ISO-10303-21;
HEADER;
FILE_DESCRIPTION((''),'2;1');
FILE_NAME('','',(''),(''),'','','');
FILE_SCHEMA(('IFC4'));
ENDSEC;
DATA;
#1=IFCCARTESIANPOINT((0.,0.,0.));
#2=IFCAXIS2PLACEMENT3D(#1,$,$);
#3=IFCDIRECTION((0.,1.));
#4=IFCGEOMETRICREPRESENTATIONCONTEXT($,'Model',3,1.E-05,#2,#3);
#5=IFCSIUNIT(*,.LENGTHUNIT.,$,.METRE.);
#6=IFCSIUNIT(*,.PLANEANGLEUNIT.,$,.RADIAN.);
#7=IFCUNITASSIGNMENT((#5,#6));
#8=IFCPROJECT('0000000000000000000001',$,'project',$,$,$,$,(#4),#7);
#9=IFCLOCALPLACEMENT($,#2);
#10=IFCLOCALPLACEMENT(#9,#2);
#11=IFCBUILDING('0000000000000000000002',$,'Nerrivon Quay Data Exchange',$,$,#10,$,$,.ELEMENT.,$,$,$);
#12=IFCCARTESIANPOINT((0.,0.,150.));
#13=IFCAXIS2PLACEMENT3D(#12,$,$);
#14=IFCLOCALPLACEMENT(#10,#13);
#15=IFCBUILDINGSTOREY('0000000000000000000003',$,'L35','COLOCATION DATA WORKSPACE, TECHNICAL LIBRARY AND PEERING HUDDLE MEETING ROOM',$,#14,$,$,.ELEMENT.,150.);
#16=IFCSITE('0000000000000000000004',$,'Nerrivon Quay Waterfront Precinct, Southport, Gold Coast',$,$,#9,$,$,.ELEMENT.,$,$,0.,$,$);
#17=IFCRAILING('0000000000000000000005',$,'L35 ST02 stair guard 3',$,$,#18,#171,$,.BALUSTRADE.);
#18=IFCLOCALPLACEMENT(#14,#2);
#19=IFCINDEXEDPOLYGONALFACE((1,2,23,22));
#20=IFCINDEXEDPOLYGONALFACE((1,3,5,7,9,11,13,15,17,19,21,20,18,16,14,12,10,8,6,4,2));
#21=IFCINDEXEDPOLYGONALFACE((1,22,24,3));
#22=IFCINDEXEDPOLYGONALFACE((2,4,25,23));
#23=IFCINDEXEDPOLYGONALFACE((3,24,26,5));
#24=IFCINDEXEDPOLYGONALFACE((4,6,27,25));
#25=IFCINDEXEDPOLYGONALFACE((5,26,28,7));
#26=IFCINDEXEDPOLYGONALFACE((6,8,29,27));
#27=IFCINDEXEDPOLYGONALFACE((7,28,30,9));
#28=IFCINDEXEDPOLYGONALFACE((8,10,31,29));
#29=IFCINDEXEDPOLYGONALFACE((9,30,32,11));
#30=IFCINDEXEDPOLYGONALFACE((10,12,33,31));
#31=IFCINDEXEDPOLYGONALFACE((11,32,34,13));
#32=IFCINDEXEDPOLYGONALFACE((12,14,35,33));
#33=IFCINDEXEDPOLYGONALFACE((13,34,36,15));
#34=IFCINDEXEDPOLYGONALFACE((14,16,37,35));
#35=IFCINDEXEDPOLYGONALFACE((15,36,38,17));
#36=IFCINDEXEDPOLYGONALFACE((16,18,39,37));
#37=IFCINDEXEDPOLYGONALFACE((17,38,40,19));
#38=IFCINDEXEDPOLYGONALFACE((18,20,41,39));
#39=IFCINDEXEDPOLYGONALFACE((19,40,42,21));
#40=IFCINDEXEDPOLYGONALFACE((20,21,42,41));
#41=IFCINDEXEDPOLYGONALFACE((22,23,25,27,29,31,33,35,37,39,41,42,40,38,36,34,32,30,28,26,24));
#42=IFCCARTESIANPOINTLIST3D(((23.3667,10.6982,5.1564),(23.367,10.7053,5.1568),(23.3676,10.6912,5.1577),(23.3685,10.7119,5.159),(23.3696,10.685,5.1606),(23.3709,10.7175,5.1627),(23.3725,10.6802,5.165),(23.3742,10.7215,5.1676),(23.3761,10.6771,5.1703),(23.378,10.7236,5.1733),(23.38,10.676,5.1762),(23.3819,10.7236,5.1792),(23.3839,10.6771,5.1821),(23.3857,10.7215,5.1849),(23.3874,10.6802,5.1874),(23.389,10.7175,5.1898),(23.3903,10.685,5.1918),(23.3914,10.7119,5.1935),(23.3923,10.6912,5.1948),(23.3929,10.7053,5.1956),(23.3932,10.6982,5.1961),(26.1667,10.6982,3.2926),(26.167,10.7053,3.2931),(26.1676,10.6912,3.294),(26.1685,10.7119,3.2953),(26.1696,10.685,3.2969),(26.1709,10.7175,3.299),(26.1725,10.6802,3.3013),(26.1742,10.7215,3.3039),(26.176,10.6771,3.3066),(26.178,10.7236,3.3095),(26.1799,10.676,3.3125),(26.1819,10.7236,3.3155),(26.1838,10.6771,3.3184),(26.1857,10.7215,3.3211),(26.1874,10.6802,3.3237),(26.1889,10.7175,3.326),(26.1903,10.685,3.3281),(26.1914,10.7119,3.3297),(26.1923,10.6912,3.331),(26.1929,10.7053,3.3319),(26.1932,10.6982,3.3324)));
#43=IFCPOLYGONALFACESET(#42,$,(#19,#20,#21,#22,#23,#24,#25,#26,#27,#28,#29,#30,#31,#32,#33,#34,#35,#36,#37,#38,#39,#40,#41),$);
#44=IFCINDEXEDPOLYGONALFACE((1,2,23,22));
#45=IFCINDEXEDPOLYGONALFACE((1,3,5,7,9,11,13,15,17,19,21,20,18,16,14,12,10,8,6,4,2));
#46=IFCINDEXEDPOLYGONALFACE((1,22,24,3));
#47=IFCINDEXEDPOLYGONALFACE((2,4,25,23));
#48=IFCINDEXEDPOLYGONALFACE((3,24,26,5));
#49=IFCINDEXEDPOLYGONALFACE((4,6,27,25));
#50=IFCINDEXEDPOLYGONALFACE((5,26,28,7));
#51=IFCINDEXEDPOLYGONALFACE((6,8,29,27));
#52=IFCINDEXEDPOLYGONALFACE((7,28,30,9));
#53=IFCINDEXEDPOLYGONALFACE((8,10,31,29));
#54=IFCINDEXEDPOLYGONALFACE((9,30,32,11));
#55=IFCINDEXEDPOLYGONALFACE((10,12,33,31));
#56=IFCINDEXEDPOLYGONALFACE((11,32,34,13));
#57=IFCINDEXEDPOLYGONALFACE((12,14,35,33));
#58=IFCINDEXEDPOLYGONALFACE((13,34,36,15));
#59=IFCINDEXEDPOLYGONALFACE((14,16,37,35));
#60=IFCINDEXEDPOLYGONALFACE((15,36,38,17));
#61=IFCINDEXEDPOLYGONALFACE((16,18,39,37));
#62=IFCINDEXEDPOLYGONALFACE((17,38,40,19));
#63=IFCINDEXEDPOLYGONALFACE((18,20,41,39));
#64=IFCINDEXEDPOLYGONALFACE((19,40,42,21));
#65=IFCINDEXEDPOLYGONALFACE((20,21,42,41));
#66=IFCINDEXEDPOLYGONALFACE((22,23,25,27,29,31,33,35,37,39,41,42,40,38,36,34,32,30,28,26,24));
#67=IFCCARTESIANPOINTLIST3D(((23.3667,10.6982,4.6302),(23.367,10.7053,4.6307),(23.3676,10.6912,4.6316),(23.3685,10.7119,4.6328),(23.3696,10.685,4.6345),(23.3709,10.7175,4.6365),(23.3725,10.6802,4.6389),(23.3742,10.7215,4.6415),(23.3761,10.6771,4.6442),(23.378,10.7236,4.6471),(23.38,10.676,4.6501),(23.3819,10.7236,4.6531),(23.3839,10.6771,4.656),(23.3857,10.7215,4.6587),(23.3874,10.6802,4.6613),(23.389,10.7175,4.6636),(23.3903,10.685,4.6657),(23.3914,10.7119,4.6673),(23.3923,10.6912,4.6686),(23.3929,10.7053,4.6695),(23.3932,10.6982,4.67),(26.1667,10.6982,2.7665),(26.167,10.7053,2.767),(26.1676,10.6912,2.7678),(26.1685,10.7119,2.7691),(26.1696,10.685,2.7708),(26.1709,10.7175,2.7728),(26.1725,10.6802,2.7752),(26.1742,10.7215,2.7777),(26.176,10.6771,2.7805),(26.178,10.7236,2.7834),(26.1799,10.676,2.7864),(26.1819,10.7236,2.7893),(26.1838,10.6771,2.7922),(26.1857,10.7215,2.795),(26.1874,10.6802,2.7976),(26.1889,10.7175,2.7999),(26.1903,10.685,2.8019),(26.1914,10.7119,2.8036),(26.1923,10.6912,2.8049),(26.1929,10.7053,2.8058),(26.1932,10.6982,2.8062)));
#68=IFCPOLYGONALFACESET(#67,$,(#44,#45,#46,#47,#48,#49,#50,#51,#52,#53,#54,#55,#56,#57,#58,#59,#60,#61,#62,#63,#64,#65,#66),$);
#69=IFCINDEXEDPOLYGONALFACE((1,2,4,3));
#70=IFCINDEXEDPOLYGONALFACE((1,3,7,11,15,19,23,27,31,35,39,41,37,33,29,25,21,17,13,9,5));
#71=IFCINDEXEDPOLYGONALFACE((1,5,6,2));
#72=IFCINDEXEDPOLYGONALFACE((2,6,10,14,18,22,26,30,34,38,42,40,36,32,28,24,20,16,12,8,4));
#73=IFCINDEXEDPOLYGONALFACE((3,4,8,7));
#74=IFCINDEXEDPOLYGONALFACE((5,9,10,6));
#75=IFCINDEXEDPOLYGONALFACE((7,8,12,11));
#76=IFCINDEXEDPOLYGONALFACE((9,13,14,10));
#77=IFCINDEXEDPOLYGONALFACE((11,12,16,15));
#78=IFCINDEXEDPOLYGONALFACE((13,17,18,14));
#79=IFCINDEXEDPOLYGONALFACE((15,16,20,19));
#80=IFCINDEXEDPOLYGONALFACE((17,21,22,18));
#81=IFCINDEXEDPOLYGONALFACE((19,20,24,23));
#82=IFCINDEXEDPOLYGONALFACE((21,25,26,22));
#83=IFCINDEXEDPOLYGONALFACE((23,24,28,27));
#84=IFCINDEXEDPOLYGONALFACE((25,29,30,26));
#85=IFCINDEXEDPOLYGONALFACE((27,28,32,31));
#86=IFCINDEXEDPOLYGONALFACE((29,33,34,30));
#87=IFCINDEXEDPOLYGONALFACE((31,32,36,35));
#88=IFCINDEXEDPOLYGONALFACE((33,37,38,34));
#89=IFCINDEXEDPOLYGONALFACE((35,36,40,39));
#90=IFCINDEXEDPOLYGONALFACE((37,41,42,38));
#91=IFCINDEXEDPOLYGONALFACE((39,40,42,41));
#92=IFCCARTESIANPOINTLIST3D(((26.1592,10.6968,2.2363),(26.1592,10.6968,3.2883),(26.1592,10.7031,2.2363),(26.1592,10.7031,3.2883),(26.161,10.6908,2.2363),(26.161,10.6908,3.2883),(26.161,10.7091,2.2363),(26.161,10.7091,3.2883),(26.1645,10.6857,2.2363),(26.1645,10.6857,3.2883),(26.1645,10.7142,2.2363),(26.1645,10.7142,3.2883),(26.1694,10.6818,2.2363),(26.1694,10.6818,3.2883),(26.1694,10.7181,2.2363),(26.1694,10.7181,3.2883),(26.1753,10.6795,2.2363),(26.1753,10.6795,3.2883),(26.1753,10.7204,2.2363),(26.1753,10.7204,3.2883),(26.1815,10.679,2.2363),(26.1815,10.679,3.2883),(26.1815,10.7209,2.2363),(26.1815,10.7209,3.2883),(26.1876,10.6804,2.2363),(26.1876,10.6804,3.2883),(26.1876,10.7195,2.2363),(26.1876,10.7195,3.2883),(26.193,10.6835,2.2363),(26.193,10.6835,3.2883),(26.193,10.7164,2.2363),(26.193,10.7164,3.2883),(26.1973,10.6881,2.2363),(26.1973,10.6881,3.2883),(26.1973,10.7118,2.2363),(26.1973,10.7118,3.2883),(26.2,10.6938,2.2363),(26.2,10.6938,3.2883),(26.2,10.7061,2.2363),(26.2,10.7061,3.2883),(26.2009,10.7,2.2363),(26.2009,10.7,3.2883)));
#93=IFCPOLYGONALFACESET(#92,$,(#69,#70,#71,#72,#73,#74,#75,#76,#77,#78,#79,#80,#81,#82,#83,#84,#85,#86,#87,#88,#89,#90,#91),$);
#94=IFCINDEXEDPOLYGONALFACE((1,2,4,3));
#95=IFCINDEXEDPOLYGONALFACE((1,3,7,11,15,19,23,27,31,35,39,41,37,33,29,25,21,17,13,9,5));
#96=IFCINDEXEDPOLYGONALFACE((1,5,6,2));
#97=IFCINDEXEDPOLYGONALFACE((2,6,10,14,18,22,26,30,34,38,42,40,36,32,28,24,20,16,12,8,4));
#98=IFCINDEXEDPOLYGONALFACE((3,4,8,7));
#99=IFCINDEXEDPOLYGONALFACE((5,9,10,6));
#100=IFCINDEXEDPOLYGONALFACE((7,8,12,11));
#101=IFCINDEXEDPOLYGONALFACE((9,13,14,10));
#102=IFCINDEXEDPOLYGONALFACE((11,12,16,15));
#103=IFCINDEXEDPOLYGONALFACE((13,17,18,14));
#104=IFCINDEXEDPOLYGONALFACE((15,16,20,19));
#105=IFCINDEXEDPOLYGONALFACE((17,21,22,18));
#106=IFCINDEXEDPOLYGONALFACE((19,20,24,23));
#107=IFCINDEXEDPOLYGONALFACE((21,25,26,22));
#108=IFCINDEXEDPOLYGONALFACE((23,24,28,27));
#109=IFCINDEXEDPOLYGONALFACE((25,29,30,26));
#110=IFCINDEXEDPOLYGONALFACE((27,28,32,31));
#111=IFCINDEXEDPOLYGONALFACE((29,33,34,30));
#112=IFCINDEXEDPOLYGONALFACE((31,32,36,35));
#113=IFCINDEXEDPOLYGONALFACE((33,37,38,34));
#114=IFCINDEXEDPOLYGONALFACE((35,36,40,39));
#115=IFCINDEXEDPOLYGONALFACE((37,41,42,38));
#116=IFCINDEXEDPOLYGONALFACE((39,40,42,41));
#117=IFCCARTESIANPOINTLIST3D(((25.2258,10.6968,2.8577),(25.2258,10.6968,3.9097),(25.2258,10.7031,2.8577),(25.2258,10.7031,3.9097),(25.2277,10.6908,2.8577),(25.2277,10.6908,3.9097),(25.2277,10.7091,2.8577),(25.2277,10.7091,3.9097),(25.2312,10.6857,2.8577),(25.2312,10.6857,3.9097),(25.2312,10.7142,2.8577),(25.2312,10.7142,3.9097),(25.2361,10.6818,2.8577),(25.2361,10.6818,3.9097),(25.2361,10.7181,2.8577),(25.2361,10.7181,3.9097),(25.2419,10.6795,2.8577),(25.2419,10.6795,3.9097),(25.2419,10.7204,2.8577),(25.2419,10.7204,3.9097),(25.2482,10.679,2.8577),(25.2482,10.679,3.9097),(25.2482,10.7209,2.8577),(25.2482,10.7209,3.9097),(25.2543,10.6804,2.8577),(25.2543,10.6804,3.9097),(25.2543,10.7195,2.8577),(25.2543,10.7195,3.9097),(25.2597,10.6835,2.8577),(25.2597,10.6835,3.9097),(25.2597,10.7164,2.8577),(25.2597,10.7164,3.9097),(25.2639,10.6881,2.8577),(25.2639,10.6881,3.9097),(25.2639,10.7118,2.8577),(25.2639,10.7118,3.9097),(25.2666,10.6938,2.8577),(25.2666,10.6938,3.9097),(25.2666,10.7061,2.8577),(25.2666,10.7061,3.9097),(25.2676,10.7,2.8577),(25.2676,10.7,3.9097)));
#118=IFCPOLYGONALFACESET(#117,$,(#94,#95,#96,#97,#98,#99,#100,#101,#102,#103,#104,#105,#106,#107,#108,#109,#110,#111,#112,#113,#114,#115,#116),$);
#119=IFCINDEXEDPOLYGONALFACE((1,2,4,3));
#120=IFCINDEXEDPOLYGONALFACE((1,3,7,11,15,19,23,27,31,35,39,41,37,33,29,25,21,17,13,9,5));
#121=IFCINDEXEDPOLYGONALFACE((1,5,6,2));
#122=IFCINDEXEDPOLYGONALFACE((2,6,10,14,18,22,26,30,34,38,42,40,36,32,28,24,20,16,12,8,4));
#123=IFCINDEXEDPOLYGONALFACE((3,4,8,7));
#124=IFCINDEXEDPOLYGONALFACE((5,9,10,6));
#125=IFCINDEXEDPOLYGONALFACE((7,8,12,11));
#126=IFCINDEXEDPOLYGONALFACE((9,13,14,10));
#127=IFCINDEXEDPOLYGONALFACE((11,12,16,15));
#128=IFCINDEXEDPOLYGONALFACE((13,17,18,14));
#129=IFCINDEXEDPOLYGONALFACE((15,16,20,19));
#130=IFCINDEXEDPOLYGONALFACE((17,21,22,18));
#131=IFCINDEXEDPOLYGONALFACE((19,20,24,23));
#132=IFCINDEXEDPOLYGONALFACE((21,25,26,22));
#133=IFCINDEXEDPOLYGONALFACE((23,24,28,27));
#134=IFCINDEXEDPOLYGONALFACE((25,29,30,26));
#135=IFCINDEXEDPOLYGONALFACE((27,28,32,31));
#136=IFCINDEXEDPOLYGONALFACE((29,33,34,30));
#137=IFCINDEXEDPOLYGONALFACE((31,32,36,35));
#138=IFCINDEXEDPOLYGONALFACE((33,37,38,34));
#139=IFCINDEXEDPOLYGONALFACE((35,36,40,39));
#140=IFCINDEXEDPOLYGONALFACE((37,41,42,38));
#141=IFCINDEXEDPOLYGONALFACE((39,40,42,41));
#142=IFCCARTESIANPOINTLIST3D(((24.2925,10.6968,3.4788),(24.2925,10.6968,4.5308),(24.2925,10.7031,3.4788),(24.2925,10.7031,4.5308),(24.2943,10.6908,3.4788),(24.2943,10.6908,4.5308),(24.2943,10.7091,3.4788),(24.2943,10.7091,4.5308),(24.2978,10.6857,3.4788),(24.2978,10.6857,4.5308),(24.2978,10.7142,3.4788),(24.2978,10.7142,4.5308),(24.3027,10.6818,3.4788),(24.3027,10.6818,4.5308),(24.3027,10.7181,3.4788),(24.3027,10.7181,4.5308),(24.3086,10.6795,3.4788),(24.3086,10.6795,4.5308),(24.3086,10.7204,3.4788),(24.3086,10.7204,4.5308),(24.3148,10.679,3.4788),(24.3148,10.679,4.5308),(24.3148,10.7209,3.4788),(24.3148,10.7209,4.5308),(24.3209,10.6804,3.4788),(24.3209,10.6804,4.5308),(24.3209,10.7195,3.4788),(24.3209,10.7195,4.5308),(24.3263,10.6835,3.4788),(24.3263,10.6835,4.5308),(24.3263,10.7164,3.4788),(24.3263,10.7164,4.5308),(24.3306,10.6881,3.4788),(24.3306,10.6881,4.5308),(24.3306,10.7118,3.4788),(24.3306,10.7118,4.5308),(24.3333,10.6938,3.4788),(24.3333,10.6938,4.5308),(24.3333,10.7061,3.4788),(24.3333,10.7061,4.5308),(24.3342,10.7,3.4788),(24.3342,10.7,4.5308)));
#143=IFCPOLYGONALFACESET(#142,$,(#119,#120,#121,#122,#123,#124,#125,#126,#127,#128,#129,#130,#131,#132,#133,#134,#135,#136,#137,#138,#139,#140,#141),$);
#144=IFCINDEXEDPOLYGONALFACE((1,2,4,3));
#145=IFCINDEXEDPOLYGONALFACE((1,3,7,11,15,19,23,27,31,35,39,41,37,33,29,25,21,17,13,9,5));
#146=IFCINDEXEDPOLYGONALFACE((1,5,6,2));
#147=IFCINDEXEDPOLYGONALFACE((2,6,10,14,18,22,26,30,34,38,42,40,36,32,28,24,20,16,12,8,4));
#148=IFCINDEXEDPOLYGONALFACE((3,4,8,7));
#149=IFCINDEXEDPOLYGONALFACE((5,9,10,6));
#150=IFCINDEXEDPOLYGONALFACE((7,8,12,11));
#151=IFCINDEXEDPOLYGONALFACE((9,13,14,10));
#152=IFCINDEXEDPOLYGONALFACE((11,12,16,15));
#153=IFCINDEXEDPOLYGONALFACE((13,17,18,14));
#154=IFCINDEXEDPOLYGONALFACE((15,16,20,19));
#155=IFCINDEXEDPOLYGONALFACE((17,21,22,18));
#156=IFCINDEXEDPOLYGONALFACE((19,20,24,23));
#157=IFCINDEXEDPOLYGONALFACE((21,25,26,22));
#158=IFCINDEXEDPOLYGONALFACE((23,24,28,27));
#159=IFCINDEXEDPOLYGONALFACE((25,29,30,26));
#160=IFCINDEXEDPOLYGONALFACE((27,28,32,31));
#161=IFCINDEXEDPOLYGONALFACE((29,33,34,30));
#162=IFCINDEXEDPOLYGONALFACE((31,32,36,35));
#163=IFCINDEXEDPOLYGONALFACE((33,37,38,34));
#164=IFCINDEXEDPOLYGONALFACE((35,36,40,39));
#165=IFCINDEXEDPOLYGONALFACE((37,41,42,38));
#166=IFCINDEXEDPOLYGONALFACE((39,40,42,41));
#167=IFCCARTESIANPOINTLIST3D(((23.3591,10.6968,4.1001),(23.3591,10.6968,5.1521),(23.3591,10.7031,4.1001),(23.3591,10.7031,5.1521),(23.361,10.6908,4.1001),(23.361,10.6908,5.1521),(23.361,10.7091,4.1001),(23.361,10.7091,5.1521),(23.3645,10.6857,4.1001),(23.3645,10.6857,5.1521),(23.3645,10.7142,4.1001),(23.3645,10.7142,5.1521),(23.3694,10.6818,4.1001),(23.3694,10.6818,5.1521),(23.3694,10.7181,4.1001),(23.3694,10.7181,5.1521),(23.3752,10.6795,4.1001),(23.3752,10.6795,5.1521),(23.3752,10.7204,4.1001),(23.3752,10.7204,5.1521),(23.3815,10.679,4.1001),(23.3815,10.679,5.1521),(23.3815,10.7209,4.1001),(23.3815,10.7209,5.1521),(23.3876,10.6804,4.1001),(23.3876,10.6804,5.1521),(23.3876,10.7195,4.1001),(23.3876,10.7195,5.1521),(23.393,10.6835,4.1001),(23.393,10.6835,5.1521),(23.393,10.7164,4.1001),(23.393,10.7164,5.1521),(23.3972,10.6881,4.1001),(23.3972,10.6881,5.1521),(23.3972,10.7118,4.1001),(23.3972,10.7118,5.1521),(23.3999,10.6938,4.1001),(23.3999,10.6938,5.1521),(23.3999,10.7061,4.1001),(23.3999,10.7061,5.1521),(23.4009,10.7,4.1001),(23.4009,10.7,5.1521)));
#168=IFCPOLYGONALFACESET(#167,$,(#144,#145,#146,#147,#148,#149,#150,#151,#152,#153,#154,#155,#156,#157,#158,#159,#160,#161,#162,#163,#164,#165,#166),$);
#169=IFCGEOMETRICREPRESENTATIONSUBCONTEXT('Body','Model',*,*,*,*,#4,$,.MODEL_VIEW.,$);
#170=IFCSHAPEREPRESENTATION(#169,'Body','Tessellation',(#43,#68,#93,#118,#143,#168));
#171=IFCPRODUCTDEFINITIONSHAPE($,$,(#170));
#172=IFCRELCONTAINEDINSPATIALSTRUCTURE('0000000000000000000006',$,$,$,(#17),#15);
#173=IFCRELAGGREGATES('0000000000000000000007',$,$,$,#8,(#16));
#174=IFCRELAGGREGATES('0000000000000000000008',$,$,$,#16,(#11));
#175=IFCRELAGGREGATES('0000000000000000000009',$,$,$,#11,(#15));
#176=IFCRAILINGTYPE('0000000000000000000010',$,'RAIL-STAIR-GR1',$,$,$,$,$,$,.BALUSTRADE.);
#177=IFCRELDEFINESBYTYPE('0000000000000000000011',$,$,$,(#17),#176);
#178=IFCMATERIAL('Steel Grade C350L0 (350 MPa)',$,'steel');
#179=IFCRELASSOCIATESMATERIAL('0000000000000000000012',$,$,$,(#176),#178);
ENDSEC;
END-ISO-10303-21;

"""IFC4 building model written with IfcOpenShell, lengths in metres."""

from ifc_helpers import new_model, si_unit, direction, frame, origin, origin_2d, place, context, subcontext, project, spatial, circle, extrude, material, type_object, element, save


model = new_model("IFC4")

# Units and contexts
model_context = context("Model", 3, precision=1e-05, world=origin(), true_north=direction((0.0, 1.0)))
body_context = subcontext(model_context, "Body", "Model", "MODEL_VIEW")
ifc_project = project(units=[si_unit("LENGTHUNIT", "METRE"), si_unit("PLANEANGLEUNIT", "RADIAN")], contexts=[model_context])

# Site, building, storey
site_placement = place(None, origin())
site = spatial("IfcSite", under=ifc_project, at=site_placement, Name="Nerrivon Quay Waterfront Precinct, Southport, Gold Coast", CompositionType="ELEMENT", RefElevation=0.0)
building_placement = place(site_placement, origin())
building = spatial("IfcBuilding", under=site, at=building_placement, Name="Nerrivon Quay Data Exchange", CompositionType="ELEMENT")
storey_placement = place(building_placement, frame((0.0, 0.0, 150.0)))
storey = spatial("IfcBuildingStorey", under=building, at=storey_placement, Name="L35", Description="COLOCATION DATA WORKSPACE, TECHNICAL LIBRARY AND PEERING HUDDLE MEETING ROOM", CompositionType="ELEMENT", Elevation=150.0)

# Railing
ifc_material_1 = material(Name="Steel Grade C350L0 (350 MPa)", Category="steel")
railing_type_1 = type_object("IfcRailingType", Name="RAIL-STAIR-GR1", PredefinedType="BALUSTRADE", material=ifc_material_1)
railing_1_placement = place(storey_placement, frame((26.1799, 10.7, 2.2363)))
element("IfcRailing", 1, at=railing_1_placement, inside=storey, type_object=railing_type_1, Name="L35 ST02 stair guard 3", PredefinedType="BALUSTRADE", context=body_context, shape_type="SweptSolid", body=[
    extrude(circle(Radius=0.0239, at=origin_2d()), frame((0.0, 0.0, 1.0762), z_axis=(-0.832452, 0.0, 0.554097), x_axis=(0.0, -1.0, 0.0)), (0.0, 0.0, 1.0), 3.3635),
    extrude(circle(Radius=0.0239, at=origin_2d()), frame((0.0, 0.0, 0.55), z_axis=(-0.832452, 0.0, 0.554097), x_axis=(0.0, -1.0, 0.0)), (0.0, 0.0, 1.0), 3.3635),
    extrude(circle(Radius=0.021, at=origin_2d()), origin(), (0.0, 0.0, 1.0), 1.052),
    extrude(circle(Radius=0.021, at=origin_2d()), frame((-0.9333, 0.0, 0.6213)), (0.0, 0.0, 1.0), 1.052),
    extrude(circle(Radius=0.021, at=origin_2d()), frame((-1.8667, 0.0, 1.2424)), (0.0, 0.0, 1.0), 1.052),
    extrude(circle(Radius=0.021, at=origin_2d()), frame((-2.8, 0.0, 1.8638)), (0.0, 0.0, 1.0), 1.052),
])

save(model, "model.ifc")
